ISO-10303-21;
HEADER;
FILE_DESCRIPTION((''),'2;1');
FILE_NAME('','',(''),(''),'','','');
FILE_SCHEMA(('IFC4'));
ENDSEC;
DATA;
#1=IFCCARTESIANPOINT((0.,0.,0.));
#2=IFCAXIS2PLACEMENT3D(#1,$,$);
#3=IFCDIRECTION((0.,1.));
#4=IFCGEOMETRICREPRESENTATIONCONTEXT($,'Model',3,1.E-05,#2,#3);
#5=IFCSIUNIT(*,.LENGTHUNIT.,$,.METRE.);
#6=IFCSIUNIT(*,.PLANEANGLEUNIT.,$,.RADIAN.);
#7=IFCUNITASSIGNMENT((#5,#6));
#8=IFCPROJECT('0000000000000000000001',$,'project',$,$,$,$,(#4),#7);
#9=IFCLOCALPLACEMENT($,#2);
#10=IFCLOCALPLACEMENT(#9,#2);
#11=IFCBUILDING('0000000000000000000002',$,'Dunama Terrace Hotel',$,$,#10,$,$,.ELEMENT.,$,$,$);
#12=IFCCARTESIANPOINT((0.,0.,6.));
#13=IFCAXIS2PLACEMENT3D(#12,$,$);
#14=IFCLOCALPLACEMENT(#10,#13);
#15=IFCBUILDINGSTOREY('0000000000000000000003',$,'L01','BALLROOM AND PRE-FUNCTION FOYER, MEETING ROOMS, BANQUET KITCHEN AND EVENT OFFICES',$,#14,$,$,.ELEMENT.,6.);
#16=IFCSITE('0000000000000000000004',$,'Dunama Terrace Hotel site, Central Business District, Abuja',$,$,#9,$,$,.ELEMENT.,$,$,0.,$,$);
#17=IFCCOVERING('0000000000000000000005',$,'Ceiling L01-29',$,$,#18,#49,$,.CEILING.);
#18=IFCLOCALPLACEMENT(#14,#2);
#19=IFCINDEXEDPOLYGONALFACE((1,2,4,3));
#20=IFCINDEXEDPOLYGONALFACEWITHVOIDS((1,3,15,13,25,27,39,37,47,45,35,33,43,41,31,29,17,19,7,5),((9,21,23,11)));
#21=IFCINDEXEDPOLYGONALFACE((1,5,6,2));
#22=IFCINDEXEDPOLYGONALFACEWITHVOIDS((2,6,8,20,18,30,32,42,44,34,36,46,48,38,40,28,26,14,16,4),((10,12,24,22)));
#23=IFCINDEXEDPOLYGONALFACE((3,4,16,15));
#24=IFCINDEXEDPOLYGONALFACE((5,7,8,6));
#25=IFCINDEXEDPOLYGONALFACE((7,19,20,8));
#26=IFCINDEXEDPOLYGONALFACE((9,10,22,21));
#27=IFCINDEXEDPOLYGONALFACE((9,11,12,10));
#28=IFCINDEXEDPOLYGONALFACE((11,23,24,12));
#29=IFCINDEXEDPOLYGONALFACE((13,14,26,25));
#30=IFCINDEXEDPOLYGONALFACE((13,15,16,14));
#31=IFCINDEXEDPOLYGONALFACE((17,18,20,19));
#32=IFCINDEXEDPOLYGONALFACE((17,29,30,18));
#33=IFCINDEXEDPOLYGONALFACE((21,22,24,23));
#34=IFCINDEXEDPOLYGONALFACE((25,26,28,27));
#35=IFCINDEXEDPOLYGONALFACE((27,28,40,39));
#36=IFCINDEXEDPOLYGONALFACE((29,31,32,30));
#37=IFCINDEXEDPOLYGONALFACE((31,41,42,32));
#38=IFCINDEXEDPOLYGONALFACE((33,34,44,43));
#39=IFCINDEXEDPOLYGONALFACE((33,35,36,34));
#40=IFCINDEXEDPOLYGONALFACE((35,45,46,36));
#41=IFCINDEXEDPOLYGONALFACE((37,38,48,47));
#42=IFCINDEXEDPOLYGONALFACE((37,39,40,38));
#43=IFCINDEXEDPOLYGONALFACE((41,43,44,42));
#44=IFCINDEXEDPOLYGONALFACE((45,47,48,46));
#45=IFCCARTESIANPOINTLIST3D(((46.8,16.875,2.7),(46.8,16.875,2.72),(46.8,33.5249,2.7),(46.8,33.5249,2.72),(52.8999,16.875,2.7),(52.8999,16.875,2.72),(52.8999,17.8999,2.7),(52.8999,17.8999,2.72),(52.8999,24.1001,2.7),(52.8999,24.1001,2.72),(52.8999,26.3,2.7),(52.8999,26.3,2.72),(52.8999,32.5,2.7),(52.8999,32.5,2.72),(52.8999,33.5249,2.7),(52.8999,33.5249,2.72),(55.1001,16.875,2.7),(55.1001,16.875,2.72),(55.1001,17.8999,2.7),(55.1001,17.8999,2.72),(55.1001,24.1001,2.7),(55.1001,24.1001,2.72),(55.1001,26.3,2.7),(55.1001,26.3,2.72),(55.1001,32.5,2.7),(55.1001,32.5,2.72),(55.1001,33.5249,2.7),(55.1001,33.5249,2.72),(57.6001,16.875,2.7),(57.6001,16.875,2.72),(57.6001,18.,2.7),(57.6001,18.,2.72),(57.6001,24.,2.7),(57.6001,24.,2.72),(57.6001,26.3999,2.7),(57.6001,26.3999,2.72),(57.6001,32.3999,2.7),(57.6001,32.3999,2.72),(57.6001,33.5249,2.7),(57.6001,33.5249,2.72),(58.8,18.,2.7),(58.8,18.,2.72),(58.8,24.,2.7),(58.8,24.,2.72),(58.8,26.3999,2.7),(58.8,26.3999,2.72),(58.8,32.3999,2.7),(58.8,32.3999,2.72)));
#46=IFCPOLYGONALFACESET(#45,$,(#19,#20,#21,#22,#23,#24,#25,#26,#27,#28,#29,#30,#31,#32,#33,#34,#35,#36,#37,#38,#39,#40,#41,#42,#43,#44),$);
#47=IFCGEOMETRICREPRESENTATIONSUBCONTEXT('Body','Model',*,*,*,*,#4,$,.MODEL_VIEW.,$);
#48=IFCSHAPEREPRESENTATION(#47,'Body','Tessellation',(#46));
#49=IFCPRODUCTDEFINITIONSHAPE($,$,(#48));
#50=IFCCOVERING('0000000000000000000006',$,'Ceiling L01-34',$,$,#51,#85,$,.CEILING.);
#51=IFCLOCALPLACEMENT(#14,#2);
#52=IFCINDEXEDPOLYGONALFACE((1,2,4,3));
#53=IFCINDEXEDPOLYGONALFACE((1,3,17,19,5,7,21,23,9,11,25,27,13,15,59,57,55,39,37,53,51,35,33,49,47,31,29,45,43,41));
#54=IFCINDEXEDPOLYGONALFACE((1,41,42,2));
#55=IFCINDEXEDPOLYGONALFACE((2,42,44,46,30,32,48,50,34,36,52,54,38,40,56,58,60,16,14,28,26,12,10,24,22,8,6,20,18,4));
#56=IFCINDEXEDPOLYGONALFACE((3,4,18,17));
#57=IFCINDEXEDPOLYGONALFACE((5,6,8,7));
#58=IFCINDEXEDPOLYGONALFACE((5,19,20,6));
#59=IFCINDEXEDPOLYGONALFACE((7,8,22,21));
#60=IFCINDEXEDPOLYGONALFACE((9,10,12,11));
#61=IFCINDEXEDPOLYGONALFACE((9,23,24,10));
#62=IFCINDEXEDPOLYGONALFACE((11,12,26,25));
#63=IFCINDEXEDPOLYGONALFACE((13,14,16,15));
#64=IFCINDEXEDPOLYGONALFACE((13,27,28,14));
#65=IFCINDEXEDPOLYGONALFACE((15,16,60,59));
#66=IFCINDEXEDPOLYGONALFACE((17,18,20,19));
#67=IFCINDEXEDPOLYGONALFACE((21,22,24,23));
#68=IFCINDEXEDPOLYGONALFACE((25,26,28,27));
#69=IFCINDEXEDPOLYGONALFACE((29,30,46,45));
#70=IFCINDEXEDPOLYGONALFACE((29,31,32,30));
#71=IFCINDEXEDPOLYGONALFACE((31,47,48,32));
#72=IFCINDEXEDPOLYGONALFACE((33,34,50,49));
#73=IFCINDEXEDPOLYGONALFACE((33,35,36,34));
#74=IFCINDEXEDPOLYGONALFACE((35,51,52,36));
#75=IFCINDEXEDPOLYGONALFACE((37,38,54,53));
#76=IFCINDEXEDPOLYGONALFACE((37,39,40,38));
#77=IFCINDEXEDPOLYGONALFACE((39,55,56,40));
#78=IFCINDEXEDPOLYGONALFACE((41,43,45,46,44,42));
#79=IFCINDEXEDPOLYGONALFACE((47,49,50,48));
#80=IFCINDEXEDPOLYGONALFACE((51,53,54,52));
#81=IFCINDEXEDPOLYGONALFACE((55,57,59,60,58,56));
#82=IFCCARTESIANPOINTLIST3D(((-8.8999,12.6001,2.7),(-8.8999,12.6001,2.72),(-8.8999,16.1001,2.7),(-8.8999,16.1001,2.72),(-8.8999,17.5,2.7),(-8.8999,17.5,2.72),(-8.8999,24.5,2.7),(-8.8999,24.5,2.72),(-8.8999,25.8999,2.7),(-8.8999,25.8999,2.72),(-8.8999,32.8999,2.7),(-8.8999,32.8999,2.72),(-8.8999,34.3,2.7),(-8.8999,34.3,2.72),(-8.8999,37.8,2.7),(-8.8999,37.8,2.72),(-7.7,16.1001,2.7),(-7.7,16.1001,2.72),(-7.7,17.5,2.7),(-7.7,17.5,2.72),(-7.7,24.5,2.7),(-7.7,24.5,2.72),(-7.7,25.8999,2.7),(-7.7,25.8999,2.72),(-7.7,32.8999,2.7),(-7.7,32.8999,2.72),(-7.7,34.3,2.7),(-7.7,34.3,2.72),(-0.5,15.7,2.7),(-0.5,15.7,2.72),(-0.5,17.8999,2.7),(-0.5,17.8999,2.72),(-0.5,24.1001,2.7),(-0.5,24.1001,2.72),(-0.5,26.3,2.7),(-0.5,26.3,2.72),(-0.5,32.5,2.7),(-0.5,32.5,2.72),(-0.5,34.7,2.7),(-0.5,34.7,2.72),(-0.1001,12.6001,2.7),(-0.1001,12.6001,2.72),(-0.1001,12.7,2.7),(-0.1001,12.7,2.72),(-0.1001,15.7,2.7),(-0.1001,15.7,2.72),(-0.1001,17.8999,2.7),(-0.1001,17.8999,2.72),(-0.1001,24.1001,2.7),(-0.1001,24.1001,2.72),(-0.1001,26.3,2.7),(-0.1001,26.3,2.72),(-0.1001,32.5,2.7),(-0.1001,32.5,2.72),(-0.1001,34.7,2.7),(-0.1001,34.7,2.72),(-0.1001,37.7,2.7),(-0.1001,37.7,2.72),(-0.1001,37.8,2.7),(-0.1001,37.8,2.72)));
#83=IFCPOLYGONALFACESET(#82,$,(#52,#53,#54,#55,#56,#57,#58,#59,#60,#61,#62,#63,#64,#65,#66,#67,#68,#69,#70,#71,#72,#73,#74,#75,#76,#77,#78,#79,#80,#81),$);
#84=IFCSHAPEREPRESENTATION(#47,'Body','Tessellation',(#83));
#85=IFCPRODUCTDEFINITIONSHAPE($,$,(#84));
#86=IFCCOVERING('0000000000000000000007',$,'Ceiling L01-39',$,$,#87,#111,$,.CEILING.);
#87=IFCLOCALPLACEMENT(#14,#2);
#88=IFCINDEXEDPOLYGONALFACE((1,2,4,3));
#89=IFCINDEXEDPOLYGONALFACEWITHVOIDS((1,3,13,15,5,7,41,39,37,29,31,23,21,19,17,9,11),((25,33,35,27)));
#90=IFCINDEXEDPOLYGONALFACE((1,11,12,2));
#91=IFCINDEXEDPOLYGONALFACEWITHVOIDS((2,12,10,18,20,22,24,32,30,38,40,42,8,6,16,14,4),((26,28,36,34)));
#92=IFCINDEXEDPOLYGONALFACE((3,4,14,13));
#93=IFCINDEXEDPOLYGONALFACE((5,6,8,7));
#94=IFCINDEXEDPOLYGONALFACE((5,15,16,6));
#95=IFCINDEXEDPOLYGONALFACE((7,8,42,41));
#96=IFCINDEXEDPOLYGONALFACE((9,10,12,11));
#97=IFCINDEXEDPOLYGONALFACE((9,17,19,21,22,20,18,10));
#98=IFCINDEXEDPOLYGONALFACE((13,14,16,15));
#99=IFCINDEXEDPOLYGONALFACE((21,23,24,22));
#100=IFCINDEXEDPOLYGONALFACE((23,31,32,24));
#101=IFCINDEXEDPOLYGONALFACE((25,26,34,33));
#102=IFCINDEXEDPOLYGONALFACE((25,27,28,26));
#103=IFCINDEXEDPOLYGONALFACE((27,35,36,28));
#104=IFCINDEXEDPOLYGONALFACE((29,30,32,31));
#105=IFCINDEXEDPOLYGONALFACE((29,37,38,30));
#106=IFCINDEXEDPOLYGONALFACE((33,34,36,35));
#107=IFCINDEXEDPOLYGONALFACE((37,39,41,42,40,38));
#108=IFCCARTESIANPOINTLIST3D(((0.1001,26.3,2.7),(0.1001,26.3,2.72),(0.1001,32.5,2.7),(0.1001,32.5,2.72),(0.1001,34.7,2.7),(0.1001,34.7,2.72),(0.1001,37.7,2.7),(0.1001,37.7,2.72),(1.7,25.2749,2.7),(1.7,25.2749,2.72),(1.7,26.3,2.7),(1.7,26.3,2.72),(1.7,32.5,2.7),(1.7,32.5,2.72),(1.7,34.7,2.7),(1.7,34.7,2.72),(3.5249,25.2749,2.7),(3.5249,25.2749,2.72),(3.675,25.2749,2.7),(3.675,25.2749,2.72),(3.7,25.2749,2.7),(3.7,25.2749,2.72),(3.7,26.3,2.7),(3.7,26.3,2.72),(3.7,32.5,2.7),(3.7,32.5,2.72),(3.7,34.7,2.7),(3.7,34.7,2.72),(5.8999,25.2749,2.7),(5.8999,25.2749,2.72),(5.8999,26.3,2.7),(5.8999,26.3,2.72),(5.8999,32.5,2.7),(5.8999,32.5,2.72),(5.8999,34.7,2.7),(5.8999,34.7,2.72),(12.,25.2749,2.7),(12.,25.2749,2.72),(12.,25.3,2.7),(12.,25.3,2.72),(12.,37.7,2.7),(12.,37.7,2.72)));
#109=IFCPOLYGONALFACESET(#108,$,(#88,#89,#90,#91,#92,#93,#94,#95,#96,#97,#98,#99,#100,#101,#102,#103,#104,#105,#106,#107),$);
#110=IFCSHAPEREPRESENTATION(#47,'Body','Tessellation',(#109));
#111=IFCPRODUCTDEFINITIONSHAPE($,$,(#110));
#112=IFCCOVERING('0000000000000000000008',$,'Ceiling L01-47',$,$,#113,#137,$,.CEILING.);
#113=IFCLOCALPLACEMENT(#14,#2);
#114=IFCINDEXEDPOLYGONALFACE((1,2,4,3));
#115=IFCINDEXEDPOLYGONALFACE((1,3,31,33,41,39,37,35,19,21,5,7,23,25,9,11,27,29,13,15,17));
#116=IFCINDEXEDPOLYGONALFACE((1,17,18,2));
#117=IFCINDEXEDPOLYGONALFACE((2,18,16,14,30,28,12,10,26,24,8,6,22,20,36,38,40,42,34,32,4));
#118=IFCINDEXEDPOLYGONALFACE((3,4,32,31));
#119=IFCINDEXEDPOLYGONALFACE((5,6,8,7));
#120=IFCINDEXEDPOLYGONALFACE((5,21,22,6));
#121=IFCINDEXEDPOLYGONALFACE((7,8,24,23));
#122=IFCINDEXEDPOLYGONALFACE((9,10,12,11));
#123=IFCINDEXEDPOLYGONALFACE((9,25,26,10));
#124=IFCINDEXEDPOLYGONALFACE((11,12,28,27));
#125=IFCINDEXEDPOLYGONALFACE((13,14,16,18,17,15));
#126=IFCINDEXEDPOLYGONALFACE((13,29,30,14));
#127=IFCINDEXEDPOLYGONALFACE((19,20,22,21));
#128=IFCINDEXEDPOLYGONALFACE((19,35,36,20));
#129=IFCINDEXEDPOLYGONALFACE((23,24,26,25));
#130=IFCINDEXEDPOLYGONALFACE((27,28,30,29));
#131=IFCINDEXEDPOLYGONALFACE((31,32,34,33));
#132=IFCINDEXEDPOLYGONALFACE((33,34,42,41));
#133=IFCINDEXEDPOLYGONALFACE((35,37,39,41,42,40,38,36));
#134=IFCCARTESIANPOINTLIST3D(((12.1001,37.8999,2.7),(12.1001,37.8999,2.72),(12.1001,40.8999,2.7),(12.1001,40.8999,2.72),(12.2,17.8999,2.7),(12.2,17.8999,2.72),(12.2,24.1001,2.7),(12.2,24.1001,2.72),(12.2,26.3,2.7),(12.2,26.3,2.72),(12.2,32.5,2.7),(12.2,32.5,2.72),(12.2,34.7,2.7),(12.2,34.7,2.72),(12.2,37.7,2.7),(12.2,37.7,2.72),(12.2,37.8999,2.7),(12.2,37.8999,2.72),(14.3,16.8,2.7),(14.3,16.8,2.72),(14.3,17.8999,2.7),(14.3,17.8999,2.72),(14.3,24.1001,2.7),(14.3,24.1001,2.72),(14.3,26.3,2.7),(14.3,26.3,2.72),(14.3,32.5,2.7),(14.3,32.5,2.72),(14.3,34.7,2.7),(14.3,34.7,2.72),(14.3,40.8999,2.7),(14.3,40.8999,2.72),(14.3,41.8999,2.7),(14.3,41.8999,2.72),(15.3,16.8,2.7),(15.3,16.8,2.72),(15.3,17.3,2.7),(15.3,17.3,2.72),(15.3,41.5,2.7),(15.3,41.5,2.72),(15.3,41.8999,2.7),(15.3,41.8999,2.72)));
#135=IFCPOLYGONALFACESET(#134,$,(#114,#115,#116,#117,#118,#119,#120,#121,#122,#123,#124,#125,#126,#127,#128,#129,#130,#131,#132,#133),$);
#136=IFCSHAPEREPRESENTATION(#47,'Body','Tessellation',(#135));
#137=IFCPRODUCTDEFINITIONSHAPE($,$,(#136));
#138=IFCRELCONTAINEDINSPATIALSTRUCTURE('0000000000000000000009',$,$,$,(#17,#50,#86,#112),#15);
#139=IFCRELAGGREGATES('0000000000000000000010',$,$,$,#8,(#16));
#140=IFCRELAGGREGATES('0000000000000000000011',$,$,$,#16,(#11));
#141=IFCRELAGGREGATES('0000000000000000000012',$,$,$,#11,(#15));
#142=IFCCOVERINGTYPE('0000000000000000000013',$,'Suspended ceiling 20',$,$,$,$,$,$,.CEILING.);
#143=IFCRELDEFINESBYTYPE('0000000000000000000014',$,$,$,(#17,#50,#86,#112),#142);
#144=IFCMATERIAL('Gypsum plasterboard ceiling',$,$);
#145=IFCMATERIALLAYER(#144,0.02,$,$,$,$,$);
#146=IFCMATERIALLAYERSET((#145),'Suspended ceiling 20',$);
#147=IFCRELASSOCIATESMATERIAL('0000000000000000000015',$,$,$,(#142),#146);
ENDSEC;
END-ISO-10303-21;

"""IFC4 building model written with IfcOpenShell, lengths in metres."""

from ifc_helpers import new_model, si_unit, direction, frame, origin, place, context, subcontext, project, spatial, polyline, outline, extrude, material, layer, layer_set, type_object, element, save


model = new_model("IFC4")

# Units and contexts
model_context = context("Model", 3, precision=1e-05, world=origin(), true_north=direction((0.0, 1.0)))
body_context = subcontext(model_context, "Body", "Model", "MODEL_VIEW")
ifc_project = project(units=[si_unit("LENGTHUNIT", "METRE"), si_unit("PLANEANGLEUNIT", "RADIAN")], contexts=[model_context])

# Site, building, storey
site_placement = place(None, origin())
site = spatial("IfcSite", under=ifc_project, at=site_placement, Name="Dunama Terrace Hotel site, Central Business District, Abuja", CompositionType="ELEMENT", RefElevation=0.0)
building_placement = place(site_placement, origin())
building = spatial("IfcBuilding", under=site, at=building_placement, Name="Dunama Terrace Hotel", CompositionType="ELEMENT")
storey_placement = place(building_placement, frame((0.0, 0.0, 6.0)))
storey = spatial("IfcBuildingStorey", under=building, at=storey_placement, Name="L01", Description="BALLROOM AND PRE-FUNCTION FOYER, MEETING ROOMS, BANQUET KITCHEN AND EVENT OFFICES", CompositionType="ELEMENT", Elevation=6.0)

# Coverings
ifc_material_1 = material(Name="Gypsum plasterboard ceiling")
ifc_layer_1 = layer(ifc_material_1, 0.02)
ifc_layer_set_1 = layer_set([ifc_layer_1], Name="Suspended ceiling 20")
covering_type_1 = type_object("IfcCoveringType", Name="Suspended ceiling 20", PredefinedType="CEILING", material=ifc_layer_set_1)
covering_1_placement = place(storey_placement, frame((0.0, 0.0, 2.7)))
element("IfcCovering", 1, at=covering_1_placement, inside=storey, type_object=covering_type_1, Name="Ceiling L01-29", PredefinedType="CEILING", context=body_context, shape_type="SweptSolid", body=[
    extrude(outline(polyline([(57.6001, 26.3999), (58.8, 26.3999), (58.8, 32.3999), (57.6001, 32.3999), (57.6001, 33.5249), (55.1001, 33.5249), (55.1001, 32.5), (52.8999, 32.5), (52.8999, 33.5249), (46.8, 33.5249), (46.8, 16.875), (52.8999, 16.875), (52.8999, 17.8999), (55.1001, 17.8999), (55.1001, 16.875), (57.6001, 16.875), (57.6001, 18.0), (58.8, 18.0), (58.8, 24.0), (57.6001, 24.0), (57.6001, 26.3999)]), holes=[polyline([(52.8999, 26.3), (55.1001, 26.3), (55.1001, 24.1001), (52.8999, 24.1001), (52.8999, 26.3)])]), origin(), (0.0, 0.0, 1.0), 0.02),
])
covering_2_placement = place(storey_placement, frame((0.0, 0.0, 2.7)))
element("IfcCovering", 2, at=covering_2_placement, inside=storey, type_object=covering_type_1, Name="Ceiling L01-34", PredefinedType="CEILING", context=body_context, shape_type="SweptSolid", body=[
    extrude(outline(polyline([(-8.8999, 16.1001), (-8.8999, 12.6001), (-0.1001, 12.6001), (-0.1001, 12.7), (-0.1001, 15.7), (-0.5, 15.7), (-0.5, 17.8999), (-0.1001, 17.8999), (-0.1001, 24.1001), (-0.5, 24.1001), (-0.5, 26.3), (-0.1001, 26.3), (-0.1001, 32.5), (-0.5, 32.5), (-0.5, 34.7), (-0.1001, 34.7), (-0.1001, 37.7), (-0.1001, 37.8), (-8.8999, 37.8), (-8.8999, 34.3), (-7.7, 34.3), (-7.7, 32.8999), (-8.8999, 32.8999), (-8.8999, 25.8999), (-7.7, 25.8999), (-7.7, 24.5), (-8.8999, 24.5), (-8.8999, 17.5), (-7.7, 17.5), (-7.7, 16.1001), (-8.8999, 16.1001)])), origin(), (0.0, 0.0, 1.0), 0.02),
])
covering_3_placement = place(storey_placement, frame((0.0, 0.0, 2.7)))
element("IfcCovering", 3, at=covering_3_placement, inside=storey, type_object=covering_type_1, Name="Ceiling L01-39", PredefinedType="CEILING", context=body_context, shape_type="SweptSolid", body=[
    extrude(outline(polyline([(0.1001, 37.7), (0.1001, 34.7), (1.7, 34.7), (1.7, 32.5), (0.1001, 32.5), (0.1001, 26.3), (1.7, 26.3), (1.7, 25.2749), (3.5249, 25.2749), (3.675, 25.2749), (3.7, 25.2749), (3.7, 26.3), (5.8999, 26.3), (5.8999, 25.2749), (12.0, 25.2749), (12.0, 25.3), (12.0, 37.7), (0.1001, 37.7)]), holes=[polyline([(3.7, 34.7), (5.8999, 34.7), (5.8999, 32.5), (3.7, 32.5), (3.7, 34.7)])]), origin(), (0.0, 0.0, 1.0), 0.02),
])
covering_4_placement = place(storey_placement, frame((0.0, 0.0, 2.7)))
element("IfcCovering", 4, at=covering_4_placement, inside=storey, type_object=covering_type_1, Name="Ceiling L01-47", PredefinedType="CEILING", context=body_context, shape_type="SweptSolid", body=[
    extrude(outline(polyline([(14.3, 17.8999), (14.3, 16.8), (15.3, 16.8), (15.3, 17.3), (15.3, 41.5), (15.3, 41.8999), (14.3, 41.8999), (14.3, 40.8999), (12.1001, 40.8999), (12.1001, 37.8999), (12.2, 37.8999), (12.2, 37.7), (12.2, 34.7), (14.3, 34.7), (14.3, 32.5), (12.2, 32.5), (12.2, 26.3), (14.3, 26.3), (14.3, 24.1001), (12.2, 24.1001), (12.2, 17.8999), (14.3, 17.8999)])), origin(), (0.0, 0.0, 1.0), 0.02),
])

save(model, "model.ifc")
